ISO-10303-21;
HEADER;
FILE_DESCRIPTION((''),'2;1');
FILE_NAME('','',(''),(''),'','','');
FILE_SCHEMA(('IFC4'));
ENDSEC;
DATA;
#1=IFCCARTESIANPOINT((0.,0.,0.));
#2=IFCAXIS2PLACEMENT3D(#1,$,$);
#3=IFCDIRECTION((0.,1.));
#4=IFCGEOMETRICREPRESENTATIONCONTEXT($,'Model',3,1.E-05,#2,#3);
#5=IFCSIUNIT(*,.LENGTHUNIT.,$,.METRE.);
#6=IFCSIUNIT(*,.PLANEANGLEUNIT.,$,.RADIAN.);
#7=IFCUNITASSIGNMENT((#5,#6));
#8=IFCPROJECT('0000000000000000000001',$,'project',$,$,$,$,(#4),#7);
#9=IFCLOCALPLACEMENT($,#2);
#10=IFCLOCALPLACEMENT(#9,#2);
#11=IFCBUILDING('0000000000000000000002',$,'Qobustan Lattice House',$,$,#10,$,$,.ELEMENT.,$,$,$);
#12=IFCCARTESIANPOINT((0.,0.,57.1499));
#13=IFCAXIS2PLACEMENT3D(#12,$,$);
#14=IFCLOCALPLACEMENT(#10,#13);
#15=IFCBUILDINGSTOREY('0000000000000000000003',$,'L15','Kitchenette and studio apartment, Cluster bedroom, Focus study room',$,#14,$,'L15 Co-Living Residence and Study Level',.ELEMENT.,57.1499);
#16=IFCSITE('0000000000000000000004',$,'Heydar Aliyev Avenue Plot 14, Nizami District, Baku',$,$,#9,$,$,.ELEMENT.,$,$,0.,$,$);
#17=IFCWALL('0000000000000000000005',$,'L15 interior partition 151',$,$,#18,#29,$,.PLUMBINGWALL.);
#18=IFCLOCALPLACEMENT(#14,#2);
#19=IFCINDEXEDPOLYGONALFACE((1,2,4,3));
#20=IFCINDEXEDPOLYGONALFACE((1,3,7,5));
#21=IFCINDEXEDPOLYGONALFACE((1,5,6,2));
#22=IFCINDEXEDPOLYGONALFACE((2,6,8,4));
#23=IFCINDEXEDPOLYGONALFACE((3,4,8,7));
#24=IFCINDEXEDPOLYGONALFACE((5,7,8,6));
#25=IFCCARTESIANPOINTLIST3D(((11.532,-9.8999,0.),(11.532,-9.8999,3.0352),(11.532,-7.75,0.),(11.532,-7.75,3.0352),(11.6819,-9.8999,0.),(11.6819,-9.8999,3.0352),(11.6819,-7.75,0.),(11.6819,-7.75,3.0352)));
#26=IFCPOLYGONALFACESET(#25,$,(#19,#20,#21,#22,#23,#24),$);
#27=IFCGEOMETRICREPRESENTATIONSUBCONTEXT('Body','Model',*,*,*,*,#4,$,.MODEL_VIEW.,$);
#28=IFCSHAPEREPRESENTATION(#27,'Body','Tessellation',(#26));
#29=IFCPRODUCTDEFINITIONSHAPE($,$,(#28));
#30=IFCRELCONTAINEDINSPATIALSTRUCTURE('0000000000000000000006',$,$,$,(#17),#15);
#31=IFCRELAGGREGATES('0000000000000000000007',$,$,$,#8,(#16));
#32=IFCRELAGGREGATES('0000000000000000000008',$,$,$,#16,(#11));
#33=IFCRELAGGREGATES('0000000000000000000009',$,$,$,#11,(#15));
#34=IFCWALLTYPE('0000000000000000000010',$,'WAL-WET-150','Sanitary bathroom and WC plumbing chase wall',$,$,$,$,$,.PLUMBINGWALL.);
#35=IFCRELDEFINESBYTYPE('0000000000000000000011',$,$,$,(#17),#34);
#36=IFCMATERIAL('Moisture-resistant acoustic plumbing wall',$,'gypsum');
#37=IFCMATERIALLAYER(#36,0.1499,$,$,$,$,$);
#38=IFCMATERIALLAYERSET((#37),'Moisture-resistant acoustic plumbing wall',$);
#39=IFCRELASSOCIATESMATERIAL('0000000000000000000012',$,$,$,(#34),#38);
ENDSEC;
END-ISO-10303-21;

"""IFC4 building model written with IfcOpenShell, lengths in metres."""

from ifc_helpers import new_model, si_unit, direction, frame, frame_2d, origin, place, context, subcontext, project, spatial, rectangle, extrude, material, layer, layer_set, type_object, element, save


model = new_model("IFC4")

# Units and contexts
model_context = context("Model", 3, precision=1e-05, world=origin(), true_north=direction((0.0, 1.0)))
body_context = subcontext(model_context, "Body", "Model", "MODEL_VIEW")
ifc_project = project(units=[si_unit("LENGTHUNIT", "METRE"), si_unit("PLANEANGLEUNIT", "RADIAN")], contexts=[model_context])

# Site, building, storey
site_placement = place(None, origin())
site = spatial("IfcSite", under=ifc_project, at=site_placement, Name="Heydar Aliyev Avenue Plot 14, Nizami District, Baku", CompositionType="ELEMENT", RefElevation=0.0)
building_placement = place(site_placement, origin())
building = spatial("IfcBuilding", under=site, at=building_placement, Name="Qobustan Lattice House", CompositionType="ELEMENT")
storey_placement = place(building_placement, frame((0.0, 0.0, 57.1499)))
storey = spatial("IfcBuildingStorey", under=building, at=storey_placement, Name="L15", Description="Kitchenette and studio apartment, Cluster bedroom, Focus study room", LongName="L15 Co-Living Residence and Study Level", CompositionType="ELEMENT", Elevation=57.1499)

# Shared definitions
ifc_material_1 = material(Name="Moisture-resistant acoustic plumbing wall", Category="gypsum")
ifc_layer_1 = layer(ifc_material_1, 0.1499)
ifc_layer_set_1 = layer_set([ifc_layer_1], Name="Moisture-resistant acoustic plumbing wall")
wall_type_1 = type_object("IfcWallType", Name="WAL-WET-150", Description="Sanitary bathroom and WC plumbing chase wall", PredefinedType="PLUMBINGWALL", material=ifc_layer_set_1)

# Wall
wall_1_placement = place(storey_placement, frame((11.6069, -9.8999, 0.0), z_axis=(0.0, 0.0, 1.0), x_axis=(0.0, 1.0, 0.0)))
element("IfcWall", 1, at=wall_1_placement, inside=storey, type_object=wall_type_1, Name="L15 interior partition 151", PredefinedType="PLUMBINGWALL", context=body_context, shape_type="SweptSolid", body=[
    extrude(rectangle(XDim=2.1499, YDim=0.1499, at=frame_2d((1.075, 0.0))), origin(), (0.0, 0.0, 1.0), 3.0352),
])

save(model, "model.ifc")
